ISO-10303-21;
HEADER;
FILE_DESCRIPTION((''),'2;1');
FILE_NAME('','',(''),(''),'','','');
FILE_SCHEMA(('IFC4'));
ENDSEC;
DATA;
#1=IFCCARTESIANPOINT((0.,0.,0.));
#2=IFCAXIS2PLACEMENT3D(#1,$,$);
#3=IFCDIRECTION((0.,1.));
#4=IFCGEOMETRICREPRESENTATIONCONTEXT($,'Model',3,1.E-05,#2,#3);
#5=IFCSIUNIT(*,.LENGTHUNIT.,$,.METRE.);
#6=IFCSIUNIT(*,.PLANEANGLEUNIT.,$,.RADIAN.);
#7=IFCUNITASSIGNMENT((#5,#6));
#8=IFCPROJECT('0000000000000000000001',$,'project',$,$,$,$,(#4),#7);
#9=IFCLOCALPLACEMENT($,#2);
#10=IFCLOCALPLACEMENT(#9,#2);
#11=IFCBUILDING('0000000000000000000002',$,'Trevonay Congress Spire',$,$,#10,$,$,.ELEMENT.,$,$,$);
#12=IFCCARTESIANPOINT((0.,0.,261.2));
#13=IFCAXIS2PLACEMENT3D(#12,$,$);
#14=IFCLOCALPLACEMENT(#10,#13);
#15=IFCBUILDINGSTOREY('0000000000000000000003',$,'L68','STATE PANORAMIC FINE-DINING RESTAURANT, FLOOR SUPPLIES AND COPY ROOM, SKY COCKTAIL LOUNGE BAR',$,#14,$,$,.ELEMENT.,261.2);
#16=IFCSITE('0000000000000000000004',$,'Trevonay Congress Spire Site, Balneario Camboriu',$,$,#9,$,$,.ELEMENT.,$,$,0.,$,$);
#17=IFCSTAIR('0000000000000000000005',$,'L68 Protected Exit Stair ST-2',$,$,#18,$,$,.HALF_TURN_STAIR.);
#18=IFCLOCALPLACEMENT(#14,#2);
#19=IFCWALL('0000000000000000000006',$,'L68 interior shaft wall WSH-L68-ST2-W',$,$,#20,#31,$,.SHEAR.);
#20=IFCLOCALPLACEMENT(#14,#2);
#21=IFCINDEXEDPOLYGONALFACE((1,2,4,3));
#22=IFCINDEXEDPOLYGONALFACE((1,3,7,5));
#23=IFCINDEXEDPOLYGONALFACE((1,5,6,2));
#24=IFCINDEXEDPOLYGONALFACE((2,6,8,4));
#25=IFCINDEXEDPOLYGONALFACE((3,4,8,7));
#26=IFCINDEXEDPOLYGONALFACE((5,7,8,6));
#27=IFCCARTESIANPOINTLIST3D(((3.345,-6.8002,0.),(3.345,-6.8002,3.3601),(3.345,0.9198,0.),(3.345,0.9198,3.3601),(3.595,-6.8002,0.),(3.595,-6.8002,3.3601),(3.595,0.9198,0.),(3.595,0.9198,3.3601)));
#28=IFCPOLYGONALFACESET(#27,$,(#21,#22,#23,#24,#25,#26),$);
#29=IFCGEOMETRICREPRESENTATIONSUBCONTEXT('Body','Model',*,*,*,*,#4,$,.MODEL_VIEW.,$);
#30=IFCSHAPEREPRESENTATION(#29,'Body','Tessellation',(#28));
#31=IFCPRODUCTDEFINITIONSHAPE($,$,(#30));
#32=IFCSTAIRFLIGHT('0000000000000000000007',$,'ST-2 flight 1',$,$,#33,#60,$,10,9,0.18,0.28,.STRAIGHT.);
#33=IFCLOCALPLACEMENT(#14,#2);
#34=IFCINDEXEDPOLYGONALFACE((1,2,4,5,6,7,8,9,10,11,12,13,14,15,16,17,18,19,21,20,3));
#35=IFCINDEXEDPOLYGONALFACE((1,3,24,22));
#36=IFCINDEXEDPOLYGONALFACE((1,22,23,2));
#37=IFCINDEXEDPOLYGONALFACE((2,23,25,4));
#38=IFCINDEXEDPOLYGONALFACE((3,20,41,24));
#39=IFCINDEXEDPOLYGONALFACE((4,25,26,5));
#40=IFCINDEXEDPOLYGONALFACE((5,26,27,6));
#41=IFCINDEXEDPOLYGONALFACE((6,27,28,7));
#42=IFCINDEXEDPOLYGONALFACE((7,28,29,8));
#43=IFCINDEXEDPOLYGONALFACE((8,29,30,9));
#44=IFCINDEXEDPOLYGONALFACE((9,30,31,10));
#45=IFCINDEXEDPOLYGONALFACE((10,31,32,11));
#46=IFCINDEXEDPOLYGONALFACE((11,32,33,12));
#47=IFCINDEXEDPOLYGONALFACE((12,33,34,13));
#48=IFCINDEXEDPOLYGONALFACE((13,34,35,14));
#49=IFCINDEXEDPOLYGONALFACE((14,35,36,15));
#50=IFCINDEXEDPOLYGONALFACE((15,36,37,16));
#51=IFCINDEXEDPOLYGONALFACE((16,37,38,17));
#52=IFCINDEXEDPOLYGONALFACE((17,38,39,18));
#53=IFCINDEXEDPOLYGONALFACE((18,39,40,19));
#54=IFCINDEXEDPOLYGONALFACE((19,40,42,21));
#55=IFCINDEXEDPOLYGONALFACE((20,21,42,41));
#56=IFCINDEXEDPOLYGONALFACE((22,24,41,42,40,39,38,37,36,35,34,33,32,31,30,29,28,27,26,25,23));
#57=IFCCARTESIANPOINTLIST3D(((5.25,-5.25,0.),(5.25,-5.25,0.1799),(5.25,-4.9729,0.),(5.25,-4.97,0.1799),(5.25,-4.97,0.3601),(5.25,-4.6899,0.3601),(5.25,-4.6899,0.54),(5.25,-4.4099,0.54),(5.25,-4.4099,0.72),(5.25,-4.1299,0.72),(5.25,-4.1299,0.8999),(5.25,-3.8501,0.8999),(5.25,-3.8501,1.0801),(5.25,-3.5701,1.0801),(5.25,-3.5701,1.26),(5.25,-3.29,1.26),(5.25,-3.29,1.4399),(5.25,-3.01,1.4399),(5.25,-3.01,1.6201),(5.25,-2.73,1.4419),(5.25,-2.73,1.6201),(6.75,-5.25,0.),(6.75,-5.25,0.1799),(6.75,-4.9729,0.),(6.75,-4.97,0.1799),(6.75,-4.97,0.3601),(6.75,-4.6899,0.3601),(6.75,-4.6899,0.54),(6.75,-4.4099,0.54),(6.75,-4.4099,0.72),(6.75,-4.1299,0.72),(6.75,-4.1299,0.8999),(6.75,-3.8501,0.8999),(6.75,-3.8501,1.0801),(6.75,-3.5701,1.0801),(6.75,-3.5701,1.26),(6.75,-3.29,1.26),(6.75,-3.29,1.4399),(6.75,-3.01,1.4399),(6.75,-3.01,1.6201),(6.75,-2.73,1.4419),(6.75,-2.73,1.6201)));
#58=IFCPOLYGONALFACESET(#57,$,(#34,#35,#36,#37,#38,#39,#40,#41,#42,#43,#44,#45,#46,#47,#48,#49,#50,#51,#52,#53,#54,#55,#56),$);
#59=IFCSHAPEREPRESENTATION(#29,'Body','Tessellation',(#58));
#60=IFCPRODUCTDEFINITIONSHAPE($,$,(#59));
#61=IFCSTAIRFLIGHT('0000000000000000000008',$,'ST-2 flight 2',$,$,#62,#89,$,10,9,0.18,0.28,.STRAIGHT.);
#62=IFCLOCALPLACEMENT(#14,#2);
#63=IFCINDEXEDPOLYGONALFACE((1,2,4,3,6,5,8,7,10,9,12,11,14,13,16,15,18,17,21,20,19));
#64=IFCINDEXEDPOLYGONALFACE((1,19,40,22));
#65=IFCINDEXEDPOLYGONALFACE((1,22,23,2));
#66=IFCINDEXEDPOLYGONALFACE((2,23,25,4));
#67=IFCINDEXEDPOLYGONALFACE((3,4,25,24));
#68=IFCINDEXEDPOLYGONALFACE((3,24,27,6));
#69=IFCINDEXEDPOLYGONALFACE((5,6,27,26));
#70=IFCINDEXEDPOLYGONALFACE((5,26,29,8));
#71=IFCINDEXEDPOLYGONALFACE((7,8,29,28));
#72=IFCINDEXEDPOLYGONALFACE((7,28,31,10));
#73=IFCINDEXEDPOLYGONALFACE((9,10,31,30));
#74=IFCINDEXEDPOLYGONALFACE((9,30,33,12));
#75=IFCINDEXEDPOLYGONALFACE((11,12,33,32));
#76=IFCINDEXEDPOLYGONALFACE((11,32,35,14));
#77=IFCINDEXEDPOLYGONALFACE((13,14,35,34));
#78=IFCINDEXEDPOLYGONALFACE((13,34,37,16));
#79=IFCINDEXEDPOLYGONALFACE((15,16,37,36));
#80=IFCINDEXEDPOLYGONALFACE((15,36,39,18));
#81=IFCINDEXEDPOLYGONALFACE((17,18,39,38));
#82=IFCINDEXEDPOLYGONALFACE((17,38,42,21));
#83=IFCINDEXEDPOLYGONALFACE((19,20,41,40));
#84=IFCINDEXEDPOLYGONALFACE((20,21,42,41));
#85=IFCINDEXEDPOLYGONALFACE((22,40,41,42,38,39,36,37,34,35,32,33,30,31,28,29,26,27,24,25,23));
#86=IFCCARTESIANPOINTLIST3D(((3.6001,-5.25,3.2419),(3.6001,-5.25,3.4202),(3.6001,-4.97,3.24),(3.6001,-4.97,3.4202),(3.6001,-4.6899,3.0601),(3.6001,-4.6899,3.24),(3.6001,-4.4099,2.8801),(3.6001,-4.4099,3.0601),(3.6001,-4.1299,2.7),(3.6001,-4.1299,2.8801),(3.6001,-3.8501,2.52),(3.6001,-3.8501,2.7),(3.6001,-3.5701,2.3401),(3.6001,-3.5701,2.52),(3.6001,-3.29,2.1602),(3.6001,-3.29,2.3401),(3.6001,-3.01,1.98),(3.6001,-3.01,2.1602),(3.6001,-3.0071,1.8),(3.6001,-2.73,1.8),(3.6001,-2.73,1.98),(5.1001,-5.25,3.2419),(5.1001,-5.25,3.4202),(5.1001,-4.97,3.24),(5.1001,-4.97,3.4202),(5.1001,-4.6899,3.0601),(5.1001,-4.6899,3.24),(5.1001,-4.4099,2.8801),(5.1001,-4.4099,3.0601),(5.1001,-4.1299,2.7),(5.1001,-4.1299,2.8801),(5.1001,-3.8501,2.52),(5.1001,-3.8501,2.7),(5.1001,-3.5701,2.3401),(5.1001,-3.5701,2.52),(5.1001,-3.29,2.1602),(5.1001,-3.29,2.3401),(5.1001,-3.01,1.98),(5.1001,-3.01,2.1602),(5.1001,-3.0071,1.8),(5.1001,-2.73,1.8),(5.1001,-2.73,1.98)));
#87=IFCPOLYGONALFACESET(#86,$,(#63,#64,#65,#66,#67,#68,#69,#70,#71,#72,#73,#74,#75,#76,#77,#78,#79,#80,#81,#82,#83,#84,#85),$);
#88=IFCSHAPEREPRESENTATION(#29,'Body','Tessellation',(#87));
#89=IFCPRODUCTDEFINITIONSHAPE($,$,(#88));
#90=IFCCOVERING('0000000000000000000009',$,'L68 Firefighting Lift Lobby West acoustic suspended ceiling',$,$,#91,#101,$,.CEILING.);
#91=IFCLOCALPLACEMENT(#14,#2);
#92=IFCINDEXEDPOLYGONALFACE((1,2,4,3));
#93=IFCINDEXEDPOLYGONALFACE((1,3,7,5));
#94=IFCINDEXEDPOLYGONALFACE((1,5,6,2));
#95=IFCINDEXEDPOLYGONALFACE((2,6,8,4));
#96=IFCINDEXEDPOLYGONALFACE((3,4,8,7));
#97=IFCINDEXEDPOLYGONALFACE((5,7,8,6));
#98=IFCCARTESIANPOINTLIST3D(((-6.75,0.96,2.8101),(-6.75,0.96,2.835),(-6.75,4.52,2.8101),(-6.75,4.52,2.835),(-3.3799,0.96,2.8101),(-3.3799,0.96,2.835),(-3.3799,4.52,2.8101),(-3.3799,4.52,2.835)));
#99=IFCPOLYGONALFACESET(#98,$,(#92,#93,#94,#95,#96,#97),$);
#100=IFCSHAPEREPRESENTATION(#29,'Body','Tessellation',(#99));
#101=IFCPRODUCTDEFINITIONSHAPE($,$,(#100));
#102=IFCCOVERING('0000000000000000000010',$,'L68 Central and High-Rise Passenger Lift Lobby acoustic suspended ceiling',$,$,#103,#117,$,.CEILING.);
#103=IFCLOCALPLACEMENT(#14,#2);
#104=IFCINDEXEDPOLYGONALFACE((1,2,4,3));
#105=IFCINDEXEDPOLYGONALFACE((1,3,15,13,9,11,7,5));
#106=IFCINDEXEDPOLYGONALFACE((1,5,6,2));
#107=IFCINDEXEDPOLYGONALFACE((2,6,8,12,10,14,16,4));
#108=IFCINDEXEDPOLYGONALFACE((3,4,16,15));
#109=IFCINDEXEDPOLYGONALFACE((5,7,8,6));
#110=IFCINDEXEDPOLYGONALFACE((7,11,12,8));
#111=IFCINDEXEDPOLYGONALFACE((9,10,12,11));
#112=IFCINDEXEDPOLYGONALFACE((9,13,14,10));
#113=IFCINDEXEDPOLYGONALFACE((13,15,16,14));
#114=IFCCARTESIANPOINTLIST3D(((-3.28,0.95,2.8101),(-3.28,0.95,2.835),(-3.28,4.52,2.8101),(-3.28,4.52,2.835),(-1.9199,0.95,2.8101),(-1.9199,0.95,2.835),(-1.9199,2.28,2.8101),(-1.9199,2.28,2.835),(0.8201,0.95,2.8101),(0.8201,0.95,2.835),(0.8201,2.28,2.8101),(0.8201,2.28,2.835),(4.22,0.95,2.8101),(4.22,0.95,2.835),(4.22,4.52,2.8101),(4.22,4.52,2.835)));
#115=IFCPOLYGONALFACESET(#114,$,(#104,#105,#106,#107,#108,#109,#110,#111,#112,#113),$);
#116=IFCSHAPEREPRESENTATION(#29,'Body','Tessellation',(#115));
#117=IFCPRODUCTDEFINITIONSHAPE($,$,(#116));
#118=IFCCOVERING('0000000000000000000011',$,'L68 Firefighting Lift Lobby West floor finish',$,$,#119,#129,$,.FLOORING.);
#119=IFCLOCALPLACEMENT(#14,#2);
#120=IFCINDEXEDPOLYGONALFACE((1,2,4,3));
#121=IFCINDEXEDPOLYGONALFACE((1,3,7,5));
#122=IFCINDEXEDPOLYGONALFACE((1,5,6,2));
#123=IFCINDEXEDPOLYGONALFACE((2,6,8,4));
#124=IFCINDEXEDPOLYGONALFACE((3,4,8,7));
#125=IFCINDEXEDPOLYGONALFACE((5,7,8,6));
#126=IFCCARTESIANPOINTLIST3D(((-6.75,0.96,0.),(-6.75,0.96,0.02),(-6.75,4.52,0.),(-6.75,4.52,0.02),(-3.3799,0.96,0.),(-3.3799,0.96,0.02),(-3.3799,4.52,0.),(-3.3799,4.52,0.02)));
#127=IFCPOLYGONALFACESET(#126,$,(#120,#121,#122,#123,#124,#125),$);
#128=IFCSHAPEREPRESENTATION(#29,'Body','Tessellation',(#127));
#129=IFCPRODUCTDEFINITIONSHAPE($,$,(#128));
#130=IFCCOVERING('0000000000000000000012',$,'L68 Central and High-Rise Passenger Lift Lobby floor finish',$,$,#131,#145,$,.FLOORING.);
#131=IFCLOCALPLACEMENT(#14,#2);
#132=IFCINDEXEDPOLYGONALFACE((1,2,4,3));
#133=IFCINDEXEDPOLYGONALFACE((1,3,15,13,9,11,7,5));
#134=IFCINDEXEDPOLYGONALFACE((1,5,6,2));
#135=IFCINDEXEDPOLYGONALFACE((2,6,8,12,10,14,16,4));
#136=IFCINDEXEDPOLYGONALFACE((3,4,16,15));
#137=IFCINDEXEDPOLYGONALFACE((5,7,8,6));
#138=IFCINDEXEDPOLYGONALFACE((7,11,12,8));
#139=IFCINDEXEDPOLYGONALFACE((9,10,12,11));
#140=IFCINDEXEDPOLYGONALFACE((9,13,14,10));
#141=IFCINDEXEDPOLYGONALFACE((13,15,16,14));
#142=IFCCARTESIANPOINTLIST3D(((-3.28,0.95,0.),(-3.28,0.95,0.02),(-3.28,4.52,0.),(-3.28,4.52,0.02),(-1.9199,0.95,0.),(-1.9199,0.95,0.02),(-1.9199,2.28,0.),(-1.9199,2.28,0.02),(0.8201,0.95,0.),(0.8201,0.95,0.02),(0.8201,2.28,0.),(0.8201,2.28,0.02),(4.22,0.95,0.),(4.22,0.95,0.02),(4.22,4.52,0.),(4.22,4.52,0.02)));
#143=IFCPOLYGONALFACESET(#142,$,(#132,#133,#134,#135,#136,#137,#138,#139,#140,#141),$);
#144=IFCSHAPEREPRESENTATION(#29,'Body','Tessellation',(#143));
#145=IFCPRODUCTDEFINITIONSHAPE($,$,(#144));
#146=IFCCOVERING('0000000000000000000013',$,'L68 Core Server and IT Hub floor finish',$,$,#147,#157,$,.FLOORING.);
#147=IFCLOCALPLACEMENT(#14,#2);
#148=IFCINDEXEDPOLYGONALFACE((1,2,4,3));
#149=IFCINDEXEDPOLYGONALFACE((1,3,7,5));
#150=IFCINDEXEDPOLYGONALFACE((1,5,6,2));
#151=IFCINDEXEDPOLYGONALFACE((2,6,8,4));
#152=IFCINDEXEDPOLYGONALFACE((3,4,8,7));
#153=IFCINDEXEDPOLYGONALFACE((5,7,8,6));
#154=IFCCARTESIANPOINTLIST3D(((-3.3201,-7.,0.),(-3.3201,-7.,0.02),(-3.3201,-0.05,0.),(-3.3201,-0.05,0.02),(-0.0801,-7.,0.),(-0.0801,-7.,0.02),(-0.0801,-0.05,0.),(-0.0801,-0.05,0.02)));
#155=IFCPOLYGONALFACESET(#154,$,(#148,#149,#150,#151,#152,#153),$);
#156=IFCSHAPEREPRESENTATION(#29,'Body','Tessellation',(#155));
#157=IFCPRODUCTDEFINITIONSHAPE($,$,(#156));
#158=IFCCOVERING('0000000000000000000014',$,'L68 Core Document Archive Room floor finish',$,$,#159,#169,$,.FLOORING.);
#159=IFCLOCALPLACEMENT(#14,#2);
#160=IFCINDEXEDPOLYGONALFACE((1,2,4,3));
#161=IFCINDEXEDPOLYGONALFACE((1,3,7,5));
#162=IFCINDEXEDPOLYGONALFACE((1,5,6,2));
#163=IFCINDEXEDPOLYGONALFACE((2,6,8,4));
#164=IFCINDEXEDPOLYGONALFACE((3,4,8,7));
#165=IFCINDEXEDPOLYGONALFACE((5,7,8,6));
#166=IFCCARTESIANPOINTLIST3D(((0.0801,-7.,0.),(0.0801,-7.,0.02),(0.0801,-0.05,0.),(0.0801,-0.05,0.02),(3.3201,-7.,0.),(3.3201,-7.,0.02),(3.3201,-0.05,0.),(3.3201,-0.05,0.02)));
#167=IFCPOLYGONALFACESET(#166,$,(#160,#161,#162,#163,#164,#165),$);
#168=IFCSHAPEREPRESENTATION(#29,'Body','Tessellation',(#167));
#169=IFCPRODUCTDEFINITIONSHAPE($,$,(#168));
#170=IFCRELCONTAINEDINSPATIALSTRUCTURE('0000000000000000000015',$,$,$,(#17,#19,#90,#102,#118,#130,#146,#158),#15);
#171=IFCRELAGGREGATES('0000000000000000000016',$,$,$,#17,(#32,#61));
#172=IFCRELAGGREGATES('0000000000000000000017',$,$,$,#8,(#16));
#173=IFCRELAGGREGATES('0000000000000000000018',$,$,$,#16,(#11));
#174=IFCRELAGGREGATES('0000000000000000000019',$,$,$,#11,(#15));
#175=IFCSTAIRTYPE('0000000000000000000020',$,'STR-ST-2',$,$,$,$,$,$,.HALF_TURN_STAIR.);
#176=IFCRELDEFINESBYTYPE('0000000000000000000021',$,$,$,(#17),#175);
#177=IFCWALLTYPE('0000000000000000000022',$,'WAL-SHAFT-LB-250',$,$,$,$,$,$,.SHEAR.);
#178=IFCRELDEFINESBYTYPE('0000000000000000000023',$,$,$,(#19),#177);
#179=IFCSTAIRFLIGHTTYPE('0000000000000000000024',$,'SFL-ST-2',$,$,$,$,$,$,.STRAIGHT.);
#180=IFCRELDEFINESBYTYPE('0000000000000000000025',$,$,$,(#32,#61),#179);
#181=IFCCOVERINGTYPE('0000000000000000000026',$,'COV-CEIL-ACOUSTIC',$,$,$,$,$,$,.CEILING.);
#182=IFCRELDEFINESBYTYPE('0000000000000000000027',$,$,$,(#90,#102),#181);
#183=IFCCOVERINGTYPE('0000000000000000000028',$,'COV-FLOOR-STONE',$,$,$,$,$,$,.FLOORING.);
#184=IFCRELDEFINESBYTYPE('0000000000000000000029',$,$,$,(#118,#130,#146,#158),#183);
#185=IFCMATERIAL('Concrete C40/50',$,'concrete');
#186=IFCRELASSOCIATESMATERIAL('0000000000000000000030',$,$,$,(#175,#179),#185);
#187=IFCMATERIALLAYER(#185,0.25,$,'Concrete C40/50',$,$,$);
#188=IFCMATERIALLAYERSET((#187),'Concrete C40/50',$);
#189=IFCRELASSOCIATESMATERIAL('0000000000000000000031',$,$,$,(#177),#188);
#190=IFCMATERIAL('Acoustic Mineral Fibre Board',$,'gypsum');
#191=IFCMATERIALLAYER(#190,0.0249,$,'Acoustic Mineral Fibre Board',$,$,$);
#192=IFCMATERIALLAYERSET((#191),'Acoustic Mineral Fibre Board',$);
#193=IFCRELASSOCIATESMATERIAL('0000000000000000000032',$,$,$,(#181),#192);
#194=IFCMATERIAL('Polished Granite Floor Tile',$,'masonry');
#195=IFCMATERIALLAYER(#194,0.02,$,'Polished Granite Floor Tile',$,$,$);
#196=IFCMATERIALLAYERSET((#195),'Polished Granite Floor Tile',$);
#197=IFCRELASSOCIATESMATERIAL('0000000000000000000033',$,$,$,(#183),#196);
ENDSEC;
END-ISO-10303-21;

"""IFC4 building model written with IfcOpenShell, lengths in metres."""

from ifc_helpers import new_model, si_unit, direction, frame, frame_2d, origin, place, context, subcontext, project, spatial, polyline, rectangle, outline, extrude, material, layer, layer_set, type_object, element, aggregate, save


model = new_model("IFC4")

# Units and contexts
model_context = context("Model", 3, precision=1e-05, world=origin(), true_north=direction((0.0, 1.0)))
body_context = subcontext(model_context, "Body", "Model", "MODEL_VIEW")
ifc_project = project(units=[si_unit("LENGTHUNIT", "METRE"), si_unit("PLANEANGLEUNIT", "RADIAN")], contexts=[model_context])

# Site, building, storey
site_placement = place(None, origin())
site = spatial("IfcSite", under=ifc_project, at=site_placement, Name="Trevonay Congress Spire Site, Balneario Camboriu", CompositionType="ELEMENT", RefElevation=0.0)
building_placement = place(site_placement, origin())
building = spatial("IfcBuilding", under=site, at=building_placement, Name="Trevonay Congress Spire", CompositionType="ELEMENT")
storey_placement = place(building_placement, frame((0.0, 0.0, 261.2)))
storey = spatial("IfcBuildingStorey", under=building, at=storey_placement, Name="L68", Description="STATE PANORAMIC FINE-DINING RESTAURANT, FLOOR SUPPLIES AND COPY ROOM, SKY COCKTAIL LOUNGE BAR", CompositionType="ELEMENT", Elevation=261.2)

# Stair
ifc_material_1 = material(Name="Concrete C40/50", Category="concrete")
stair_type_1 = type_object("IfcStairType", Name="STR-ST-2", PredefinedType="HALF_TURN_STAIR", material=ifc_material_1)
stair_1_placement = place(storey_placement, origin())
stair_1 = element("IfcStair", 1, at=stair_1_placement, inside=storey, type_object=stair_type_1, Name="L68 Protected Exit Stair ST-2", PredefinedType="HALF_TURN_STAIR")

# Wall
ifc_layer_1 = layer(ifc_material_1, 0.25, Name="Concrete C40/50")
ifc_layer_set_1 = layer_set([ifc_layer_1], Name="Concrete C40/50")
wall_type_1 = type_object("IfcWallType", Name="WAL-SHAFT-LB-250", PredefinedType="SHEAR", material=ifc_layer_set_1)
wall_1_placement = place(storey_placement, frame((3.47, -6.8, 0.0), z_axis=(0.0, 0.0, 1.0), x_axis=(0.0, 1.0, 0.0)))
element("IfcWall", 2, at=wall_1_placement, inside=storey, type_object=wall_type_1, Name="L68 interior shaft wall WSH-L68-ST2-W", PredefinedType="SHEAR", context=body_context, shape_type="SweptSolid", body=[
    extrude(rectangle(XDim=7.72, YDim=0.25, at=frame_2d((3.8599, 0.0))), origin(), (0.0, 0.0, 1.0), 3.3601),
])

# Stair flights
stair_flight_type = type_object("IfcStairFlightType", Name="SFL-ST-2", PredefinedType="STRAIGHT", material=ifc_material_1)
stair_flight_1_placement = place(storey_placement, frame((6.0, -5.25, 0.0), z_axis=(0.0, 0.0, 1.0), x_axis=(0.0, 1.0, 0.0)))
stair_flight_1 = element("IfcStairFlight", 3, at=stair_flight_1_placement, type_object=stair_flight_type, Name="ST-2 flight 1", NumberOfRisers=10, NumberOfTreads=9, PredefinedType="STRAIGHT", RiserHeight=0.18, TreadLength=0.28, context=body_context, shape_type="SweptSolid", body=[
    extrude(outline(polyline([(0.0, 0.0), (0.0, 0.1799), (0.28, 0.1799), (0.28, 0.3601), (0.5601, 0.3601), (0.5601, 0.54), (0.8401, 0.54), (0.8401, 0.72), (1.1201, 0.72), (1.1201, 0.8999), (1.3999, 0.8999), (1.3999, 1.0801), (1.6799, 1.0801), (1.6799, 1.26), (1.96, 1.26), (1.96, 1.4399), (2.24, 1.4399), (2.24, 1.6201), (2.52, 1.6201), (2.52, 1.8), (2.52, 1.4419), (0.2771, 0.0), (0.0, 0.0)])), frame((0.0, 0.75, 0.0), z_axis=(0.0, -1.0, 0.0), x_axis=(1.0, 0.0, 0.0)), (0.0, 0.0, 1.0), 1.5),
])
stair_flight_2_placement = place(storey_placement, frame((4.3501, -2.73, 1.8), z_axis=(0.0, 0.0, 1.0), x_axis=(0.0, -1.0, 0.0)))
stair_flight_2 = element("IfcStairFlight", 4, at=stair_flight_2_placement, type_object=stair_flight_type, Name="ST-2 flight 2", NumberOfRisers=10, NumberOfTreads=9, PredefinedType="STRAIGHT", RiserHeight=0.18, TreadLength=0.28, context=body_context, shape_type="SweptSolid", body=[
    extrude(outline(polyline([(0.0, 0.0), (0.0, 0.1799), (0.28, 0.1799), (0.28, 0.3601), (0.5601, 0.3601), (0.5601, 0.54), (0.8401, 0.54), (0.8401, 0.72), (1.1201, 0.72), (1.1201, 0.8999), (1.3999, 0.8999), (1.3999, 1.0801), (1.6799, 1.0801), (1.6799, 1.26), (1.96, 1.26), (1.96, 1.4399), (2.24, 1.4399), (2.24, 1.6201), (2.52, 1.6201), (2.52, 1.8), (2.52, 1.4419), (0.2771, 0.0), (0.0, 0.0)])), frame((0.0, 0.75, 0.0), z_axis=(0.0, -1.0, 0.0), x_axis=(1.0, 0.0, 0.0)), (0.0, 0.0, 1.0), 1.5),
])
aggregate(stair_1, [stair_flight_1, stair_flight_2])

# Coverings
ifc_material_2 = material(Name="Acoustic Mineral Fibre Board", Category="gypsum")
ifc_layer_2 = layer(ifc_material_2, 0.0249, Name="Acoustic Mineral Fibre Board")
ifc_layer_set_2 = layer_set([ifc_layer_2], Name="Acoustic Mineral Fibre Board")
covering_type_1 = type_object("IfcCoveringType", Name="COV-CEIL-ACOUSTIC", PredefinedType="CEILING", material=ifc_layer_set_2)
covering_1_placement = place(storey_placement, frame((0.0, 0.0, 2.8101)))
element("IfcCovering", 5, at=covering_1_placement, inside=storey, type_object=covering_type_1, Name="L68 Firefighting Lift Lobby West acoustic suspended ceiling", PredefinedType="CEILING", context=body_context, shape_type="SweptSolid", body=[
    extrude(outline(polyline([(-6.75, 0.96), (-3.3799, 0.96), (-3.3799, 4.52), (-6.75, 4.52), (-6.75, 0.96)])), origin(), (0.0, 0.0, 1.0), 0.0249),
])
covering_2_placement = place(storey_placement, frame((0.0, 0.0, 2.8101)))
element("IfcCovering", 6, at=covering_2_placement, inside=storey, type_object=covering_type_1, Name="L68 Central and High-Rise Passenger Lift Lobby acoustic suspended ceiling", PredefinedType="CEILING", context=body_context, shape_type="SweptSolid", body=[
    extrude(outline(polyline([(-3.28, 0.95), (-1.9199, 0.95), (-1.9199, 2.28), (0.8201, 2.28), (0.8201, 0.95), (4.22, 0.95), (4.22, 4.52), (-3.28, 4.52), (-3.28, 0.95)])), origin(), (0.0, 0.0, 1.0), 0.0249),
])
ifc_material_3 = material(Name="Polished Granite Floor Tile", Category="masonry")
ifc_layer_3 = layer(ifc_material_3, 0.02, Name="Polished Granite Floor Tile")
ifc_layer_set_3 = layer_set([ifc_layer_3], Name="Polished Granite Floor Tile")
covering_type_2 = type_object("IfcCoveringType", Name="COV-FLOOR-STONE", PredefinedType="FLOORING", material=ifc_layer_set_3)
covering_3_placement = place(storey_placement, origin())
element("IfcCovering", 7, at=covering_3_placement, inside=storey, type_object=covering_type_2, Name="L68 Firefighting Lift Lobby West floor finish", PredefinedType="FLOORING", context=body_context, shape_type="SweptSolid", body=[
    extrude(outline(polyline([(-6.75, 0.96), (-3.3799, 0.96), (-3.3799, 4.52), (-6.75, 4.52), (-6.75, 0.96)])), origin(), (0.0, 0.0, 1.0), 0.02),
])
covering_4_placement = place(storey_placement, origin())
element("IfcCovering", 8, at=covering_4_placement, inside=storey, type_object=covering_type_2, Name="L68 Central and High-Rise Passenger Lift Lobby floor finish", PredefinedType="FLOORING", context=body_context, shape_type="SweptSolid", body=[
    extrude(outline(polyline([(-3.28, 0.95), (-1.9199, 0.95), (-1.9199, 2.28), (0.8201, 2.28), (0.8201, 0.95), (4.22, 0.95), (4.22, 4.52), (-3.28, 4.52), (-3.28, 0.95)])), origin(), (0.0, 0.0, 1.0), 0.02),
])
covering_5_placement = place(storey_placement, origin())
element("IfcCovering", 9, at=covering_5_placement, inside=storey, type_object=covering_type_2, Name="L68 Core Server and IT Hub floor finish", PredefinedType="FLOORING", context=body_context, shape_type="SweptSolid", body=[
    extrude(outline(polyline([(-3.3201, -7.0), (-0.0801, -7.0), (-0.0801, -0.05), (-3.3201, -0.05), (-3.3201, -7.0)])), origin(), (0.0, 0.0, 1.0), 0.02),
])
covering_6_placement = place(storey_placement, origin())
element("IfcCovering", 10, at=covering_6_placement, inside=storey, type_object=covering_type_2, Name="L68 Core Document Archive Room floor finish", PredefinedType="FLOORING", context=body_context, shape_type="SweptSolid", body=[
    extrude(outline(polyline([(0.0801, -7.0), (3.3201, -7.0), (3.3201, -0.05), (0.0801, -0.05), (0.0801, -7.0)])), origin(), (0.0, 0.0, 1.0), 0.02),
])

save(model, "model.ifc")
